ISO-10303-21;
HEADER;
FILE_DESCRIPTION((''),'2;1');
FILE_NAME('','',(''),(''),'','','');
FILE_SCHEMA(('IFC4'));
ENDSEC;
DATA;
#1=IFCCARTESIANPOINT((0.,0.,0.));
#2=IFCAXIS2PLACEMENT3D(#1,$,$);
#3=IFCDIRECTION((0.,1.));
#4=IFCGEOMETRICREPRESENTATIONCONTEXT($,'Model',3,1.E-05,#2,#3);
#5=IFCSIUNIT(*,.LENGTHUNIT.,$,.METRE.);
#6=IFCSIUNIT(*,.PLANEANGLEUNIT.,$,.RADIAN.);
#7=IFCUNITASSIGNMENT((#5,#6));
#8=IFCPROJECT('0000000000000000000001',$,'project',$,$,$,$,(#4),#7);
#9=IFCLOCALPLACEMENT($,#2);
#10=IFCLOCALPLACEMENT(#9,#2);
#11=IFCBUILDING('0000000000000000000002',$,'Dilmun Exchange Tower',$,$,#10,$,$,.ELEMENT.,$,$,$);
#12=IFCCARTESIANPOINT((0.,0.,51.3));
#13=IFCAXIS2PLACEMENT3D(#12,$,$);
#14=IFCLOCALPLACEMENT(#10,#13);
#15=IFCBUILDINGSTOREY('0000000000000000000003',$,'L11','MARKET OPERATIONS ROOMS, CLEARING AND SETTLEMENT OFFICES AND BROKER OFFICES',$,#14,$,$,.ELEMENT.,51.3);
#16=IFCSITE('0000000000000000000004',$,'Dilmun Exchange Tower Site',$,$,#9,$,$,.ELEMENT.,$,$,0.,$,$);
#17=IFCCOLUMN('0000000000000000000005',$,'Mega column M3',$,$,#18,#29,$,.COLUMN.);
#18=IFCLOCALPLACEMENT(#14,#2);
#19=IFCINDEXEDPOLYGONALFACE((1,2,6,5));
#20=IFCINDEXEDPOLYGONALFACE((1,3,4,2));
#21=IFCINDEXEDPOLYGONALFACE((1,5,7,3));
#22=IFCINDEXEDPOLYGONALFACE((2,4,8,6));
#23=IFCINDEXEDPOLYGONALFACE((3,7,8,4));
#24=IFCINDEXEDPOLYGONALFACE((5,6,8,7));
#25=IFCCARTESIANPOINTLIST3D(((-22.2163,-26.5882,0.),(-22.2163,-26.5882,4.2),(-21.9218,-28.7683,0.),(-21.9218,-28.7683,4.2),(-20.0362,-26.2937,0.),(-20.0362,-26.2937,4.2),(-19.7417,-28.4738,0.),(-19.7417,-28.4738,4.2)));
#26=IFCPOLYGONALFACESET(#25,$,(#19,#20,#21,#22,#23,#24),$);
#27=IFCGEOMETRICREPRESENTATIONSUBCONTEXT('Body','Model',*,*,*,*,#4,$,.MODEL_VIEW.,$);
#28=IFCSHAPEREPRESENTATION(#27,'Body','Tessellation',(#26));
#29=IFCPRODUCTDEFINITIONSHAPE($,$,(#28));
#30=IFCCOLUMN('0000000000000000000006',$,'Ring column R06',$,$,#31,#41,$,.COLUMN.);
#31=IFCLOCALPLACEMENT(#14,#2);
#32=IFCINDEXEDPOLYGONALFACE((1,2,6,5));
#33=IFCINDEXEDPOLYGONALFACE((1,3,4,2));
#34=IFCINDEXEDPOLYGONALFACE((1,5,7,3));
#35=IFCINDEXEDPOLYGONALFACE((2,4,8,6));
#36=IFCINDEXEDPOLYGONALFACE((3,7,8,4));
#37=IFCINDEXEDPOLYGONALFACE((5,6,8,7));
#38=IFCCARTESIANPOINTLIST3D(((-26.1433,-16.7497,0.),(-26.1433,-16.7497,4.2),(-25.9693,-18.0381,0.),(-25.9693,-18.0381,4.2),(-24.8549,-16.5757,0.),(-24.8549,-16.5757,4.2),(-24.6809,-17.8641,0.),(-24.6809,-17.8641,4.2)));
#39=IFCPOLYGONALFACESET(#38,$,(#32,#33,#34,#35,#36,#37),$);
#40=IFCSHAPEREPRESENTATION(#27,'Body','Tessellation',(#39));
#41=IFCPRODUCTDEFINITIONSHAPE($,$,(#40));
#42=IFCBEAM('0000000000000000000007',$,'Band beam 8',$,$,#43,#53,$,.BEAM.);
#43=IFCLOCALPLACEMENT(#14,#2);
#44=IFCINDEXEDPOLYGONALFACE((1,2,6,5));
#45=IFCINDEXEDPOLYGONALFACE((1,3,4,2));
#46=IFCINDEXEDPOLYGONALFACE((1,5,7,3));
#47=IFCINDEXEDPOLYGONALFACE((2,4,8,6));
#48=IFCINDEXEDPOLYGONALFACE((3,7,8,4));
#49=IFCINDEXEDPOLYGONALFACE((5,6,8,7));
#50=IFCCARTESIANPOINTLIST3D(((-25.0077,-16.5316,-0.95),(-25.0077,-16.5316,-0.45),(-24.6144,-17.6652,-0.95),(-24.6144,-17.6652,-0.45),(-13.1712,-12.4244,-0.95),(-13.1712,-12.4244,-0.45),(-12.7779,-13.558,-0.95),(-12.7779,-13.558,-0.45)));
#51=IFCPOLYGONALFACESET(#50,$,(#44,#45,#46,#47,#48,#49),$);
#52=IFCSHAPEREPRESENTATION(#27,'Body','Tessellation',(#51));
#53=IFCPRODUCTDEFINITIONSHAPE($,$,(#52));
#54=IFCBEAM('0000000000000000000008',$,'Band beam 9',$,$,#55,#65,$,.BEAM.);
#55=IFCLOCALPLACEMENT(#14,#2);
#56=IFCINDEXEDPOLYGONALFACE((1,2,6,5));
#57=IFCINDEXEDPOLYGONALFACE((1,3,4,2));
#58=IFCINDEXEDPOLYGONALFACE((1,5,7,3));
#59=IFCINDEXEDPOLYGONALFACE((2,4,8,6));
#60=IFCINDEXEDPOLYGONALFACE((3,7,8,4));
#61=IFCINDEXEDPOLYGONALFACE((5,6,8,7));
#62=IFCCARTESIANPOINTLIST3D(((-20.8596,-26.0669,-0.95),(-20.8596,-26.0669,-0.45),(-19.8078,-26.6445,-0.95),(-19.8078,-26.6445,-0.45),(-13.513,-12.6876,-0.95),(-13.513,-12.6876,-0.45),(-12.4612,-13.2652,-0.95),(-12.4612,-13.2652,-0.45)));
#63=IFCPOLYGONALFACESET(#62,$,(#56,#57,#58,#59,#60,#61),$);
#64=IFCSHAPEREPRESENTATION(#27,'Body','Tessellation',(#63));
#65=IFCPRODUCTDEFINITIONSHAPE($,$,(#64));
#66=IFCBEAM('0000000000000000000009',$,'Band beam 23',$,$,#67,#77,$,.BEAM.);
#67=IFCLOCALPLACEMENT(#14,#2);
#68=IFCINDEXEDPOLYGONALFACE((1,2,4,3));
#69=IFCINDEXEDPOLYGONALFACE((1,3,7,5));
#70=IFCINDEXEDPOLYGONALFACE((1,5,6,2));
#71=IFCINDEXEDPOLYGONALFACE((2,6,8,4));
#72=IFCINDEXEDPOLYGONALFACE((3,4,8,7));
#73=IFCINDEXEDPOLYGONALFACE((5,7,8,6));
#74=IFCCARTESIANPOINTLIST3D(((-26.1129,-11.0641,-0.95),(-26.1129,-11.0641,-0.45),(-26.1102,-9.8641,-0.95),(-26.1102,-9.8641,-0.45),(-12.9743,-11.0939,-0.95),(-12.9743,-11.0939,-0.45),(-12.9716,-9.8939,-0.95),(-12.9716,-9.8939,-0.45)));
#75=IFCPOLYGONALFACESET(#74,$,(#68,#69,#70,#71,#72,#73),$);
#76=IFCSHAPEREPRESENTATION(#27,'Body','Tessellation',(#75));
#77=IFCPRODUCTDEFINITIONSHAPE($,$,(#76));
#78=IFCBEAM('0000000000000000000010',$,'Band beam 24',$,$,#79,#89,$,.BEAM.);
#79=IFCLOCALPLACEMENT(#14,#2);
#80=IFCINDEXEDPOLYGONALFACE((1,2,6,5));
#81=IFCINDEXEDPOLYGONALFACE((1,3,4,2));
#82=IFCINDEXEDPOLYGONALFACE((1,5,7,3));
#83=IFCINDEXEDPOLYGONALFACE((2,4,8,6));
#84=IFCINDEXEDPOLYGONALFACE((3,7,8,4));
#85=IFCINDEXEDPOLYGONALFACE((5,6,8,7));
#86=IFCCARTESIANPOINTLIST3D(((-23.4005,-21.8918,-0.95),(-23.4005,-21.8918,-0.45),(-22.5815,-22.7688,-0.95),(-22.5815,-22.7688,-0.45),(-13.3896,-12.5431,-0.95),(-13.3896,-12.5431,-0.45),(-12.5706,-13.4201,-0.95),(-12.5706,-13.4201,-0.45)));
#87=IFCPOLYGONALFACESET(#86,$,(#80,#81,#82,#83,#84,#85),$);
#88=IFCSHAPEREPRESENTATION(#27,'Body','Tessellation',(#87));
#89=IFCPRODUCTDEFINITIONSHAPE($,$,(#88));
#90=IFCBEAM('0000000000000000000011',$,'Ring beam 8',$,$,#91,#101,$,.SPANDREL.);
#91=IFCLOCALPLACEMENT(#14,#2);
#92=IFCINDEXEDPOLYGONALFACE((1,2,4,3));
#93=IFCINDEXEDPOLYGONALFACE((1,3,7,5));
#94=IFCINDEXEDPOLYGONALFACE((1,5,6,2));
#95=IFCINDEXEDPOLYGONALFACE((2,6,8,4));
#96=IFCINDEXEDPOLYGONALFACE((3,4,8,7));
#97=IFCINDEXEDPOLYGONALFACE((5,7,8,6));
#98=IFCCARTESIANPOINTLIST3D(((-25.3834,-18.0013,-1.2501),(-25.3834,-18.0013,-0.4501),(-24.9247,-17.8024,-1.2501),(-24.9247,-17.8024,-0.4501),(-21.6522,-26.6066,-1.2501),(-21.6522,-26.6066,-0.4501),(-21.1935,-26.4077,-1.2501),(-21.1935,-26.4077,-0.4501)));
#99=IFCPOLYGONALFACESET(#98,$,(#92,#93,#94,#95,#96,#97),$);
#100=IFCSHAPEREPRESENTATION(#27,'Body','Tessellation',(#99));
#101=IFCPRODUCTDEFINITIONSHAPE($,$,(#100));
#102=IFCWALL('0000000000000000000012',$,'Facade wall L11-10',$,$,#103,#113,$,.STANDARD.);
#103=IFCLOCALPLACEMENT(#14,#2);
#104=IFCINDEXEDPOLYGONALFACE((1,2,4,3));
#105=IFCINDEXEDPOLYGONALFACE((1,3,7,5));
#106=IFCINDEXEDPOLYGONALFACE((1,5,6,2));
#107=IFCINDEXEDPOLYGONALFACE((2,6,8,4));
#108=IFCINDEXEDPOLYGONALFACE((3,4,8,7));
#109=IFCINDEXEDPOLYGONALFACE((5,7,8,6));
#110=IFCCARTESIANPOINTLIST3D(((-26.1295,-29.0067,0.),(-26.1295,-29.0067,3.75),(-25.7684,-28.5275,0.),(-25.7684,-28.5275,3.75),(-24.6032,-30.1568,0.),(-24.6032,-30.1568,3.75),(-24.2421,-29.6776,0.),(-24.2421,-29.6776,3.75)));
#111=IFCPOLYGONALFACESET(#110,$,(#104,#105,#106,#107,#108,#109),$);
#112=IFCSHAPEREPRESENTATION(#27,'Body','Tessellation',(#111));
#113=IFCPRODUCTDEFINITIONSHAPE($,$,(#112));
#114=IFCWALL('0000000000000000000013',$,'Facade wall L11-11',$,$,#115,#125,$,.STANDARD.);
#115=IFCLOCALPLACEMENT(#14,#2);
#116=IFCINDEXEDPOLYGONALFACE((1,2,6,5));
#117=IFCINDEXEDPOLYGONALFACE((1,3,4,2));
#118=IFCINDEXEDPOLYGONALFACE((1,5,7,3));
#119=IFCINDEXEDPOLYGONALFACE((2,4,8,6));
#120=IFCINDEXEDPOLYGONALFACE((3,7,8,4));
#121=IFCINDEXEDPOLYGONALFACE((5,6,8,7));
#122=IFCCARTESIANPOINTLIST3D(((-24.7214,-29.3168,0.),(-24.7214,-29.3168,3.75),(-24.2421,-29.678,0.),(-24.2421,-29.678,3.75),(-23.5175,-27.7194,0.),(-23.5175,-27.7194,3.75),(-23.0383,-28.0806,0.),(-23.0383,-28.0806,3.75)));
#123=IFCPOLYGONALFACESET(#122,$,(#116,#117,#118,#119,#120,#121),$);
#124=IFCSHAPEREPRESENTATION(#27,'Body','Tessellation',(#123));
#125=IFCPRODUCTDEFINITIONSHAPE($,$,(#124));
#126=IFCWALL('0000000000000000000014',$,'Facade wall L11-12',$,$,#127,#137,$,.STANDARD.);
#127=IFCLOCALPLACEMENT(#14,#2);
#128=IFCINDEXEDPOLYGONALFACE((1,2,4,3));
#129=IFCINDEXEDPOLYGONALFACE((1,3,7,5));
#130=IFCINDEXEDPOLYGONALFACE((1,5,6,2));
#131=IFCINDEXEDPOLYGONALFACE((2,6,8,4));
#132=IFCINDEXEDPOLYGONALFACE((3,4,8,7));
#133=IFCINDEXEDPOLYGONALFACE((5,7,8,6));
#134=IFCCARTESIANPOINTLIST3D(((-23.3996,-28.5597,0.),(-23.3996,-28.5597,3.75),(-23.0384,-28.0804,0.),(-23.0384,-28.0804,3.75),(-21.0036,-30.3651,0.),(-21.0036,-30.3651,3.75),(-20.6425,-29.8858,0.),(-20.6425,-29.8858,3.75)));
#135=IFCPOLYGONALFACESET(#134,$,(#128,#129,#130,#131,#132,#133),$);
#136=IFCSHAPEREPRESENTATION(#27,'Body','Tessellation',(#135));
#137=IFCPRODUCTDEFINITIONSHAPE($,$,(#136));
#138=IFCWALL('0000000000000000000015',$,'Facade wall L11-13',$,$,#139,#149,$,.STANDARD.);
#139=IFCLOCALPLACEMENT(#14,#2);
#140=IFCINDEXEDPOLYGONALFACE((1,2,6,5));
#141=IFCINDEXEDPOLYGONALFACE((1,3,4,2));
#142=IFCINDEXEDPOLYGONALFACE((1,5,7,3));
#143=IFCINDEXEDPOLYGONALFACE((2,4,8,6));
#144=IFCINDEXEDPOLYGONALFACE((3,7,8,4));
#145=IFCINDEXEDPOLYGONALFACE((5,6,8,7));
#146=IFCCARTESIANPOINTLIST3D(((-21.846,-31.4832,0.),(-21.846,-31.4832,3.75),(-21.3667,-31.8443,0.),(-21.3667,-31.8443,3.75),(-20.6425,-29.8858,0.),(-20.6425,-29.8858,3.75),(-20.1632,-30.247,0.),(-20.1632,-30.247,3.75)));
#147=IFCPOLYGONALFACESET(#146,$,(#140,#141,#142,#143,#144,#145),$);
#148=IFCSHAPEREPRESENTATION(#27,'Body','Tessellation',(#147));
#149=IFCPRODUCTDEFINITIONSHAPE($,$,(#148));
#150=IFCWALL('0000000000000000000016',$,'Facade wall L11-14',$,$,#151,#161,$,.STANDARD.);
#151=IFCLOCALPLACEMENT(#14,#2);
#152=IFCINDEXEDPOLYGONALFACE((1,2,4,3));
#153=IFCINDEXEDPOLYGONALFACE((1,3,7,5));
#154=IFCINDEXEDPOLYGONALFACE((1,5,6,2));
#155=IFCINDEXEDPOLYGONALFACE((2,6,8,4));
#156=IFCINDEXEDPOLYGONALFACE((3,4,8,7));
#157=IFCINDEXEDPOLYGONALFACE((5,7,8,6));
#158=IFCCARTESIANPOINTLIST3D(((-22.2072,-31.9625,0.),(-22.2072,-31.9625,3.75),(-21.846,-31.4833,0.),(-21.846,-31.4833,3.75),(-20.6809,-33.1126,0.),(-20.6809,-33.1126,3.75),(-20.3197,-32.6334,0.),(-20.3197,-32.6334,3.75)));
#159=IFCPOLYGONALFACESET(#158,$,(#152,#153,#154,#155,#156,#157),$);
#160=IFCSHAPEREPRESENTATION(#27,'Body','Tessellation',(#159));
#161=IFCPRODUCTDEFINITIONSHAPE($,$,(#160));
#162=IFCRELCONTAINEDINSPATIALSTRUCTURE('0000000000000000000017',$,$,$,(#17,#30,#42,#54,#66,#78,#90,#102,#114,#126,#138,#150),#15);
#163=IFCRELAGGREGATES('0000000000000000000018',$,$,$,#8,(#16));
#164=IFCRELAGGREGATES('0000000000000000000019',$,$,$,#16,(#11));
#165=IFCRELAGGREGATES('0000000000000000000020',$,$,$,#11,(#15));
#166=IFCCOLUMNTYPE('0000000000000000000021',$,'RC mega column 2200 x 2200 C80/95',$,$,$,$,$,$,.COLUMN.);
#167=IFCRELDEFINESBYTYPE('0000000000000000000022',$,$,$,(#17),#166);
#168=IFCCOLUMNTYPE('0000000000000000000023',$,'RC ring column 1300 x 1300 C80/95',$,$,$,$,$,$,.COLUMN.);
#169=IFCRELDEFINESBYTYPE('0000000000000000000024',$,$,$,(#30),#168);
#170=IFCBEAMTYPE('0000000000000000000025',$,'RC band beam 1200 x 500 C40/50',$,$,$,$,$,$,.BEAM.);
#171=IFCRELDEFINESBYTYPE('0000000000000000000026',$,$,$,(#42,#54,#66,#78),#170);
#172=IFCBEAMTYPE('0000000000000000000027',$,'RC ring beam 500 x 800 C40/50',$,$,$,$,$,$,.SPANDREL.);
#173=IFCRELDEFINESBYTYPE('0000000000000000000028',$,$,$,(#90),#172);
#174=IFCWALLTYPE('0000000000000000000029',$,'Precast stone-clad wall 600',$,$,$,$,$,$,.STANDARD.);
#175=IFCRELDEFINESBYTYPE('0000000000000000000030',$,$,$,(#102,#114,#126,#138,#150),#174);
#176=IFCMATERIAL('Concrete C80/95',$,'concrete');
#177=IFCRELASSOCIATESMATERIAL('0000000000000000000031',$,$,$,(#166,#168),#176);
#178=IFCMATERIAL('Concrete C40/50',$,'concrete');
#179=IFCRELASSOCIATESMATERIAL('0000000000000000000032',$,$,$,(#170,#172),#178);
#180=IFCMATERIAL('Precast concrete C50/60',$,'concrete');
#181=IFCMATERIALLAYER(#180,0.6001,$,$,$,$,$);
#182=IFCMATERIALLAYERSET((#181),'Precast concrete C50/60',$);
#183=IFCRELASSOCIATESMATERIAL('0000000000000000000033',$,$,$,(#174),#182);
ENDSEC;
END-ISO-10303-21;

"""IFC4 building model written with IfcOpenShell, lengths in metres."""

from ifc_helpers import new_model, si_unit, direction, frame, frame_2d, origin, origin_2d, place, context, subcontext, project, spatial, rectangle, extrude, material, layer, layer_set, material_profile, profile_set, type_object, element, save


model = new_model("IFC4")

# Units and contexts
model_context = context("Model", 3, precision=1e-05, world=origin(), true_north=direction((0.0, 1.0)))
body_context = subcontext(model_context, "Body", "Model", "MODEL_VIEW")
ifc_project = project(units=[si_unit("LENGTHUNIT", "METRE"), si_unit("PLANEANGLEUNIT", "RADIAN")], contexts=[model_context])

# Site, building, storey
site_placement = place(None, origin())
site = spatial("IfcSite", under=ifc_project, at=site_placement, Name="Dilmun Exchange Tower Site", CompositionType="ELEMENT", RefElevation=0.0)
building_placement = place(site_placement, origin())
building = spatial("IfcBuilding", under=site, at=building_placement, Name="Dilmun Exchange Tower", CompositionType="ELEMENT")
storey_placement = place(building_placement, frame((0.0, 0.0, 51.3)))
storey = spatial("IfcBuildingStorey", under=building, at=storey_placement, Name="L11", Description="MARKET OPERATIONS ROOMS, CLEARING AND SETTLEMENT OFFICES AND BROKER OFFICES", CompositionType="ELEMENT", Elevation=51.3)

# Columns
ifc_material_1 = material(Name="Concrete C80/95", Category="concrete")
ifc_material_profile_1 = material_profile(ifc_material_1, rectangle(XDim=2.2, YDim=2.2, at=origin_2d()), Name="2200 x 2200")
ifc_profile_set_1 = profile_set([ifc_material_profile_1], Name="Concrete C80/95")
column_type_1 = type_object("IfcColumnType", Name="RC mega column 2200 x 2200 C80/95", PredefinedType="COLUMN", material=ifc_profile_set_1)
column_1_placement = place(storey_placement, frame((-20.979, -27.531, 0.0), z_axis=(0.0, 0.0, 1.0), x_axis=(0.991001, 0.133853, 0.0)))
element("IfcColumn", 1, at=column_1_placement, inside=storey, type_object=column_type_1, Name="Mega column M3", PredefinedType="COLUMN", context=body_context, shape_type="SweptSolid", body=[
    extrude(rectangle(XDim=2.2, YDim=2.2, at=origin_2d()), origin(), (0.0, 0.0, 1.0), 4.2),
])
ifc_material_profile_2 = material_profile(ifc_material_1, rectangle(XDim=1.3, YDim=1.3, at=origin_2d()), Name="1300 x 1300")
ifc_profile_set_2 = profile_set([ifc_material_profile_2], Name="Concrete C80/95")
column_type_2 = type_object("IfcColumnType", Name="RC ring column 1300 x 1300 C80/95", PredefinedType="COLUMN", material=ifc_profile_set_2)
column_2_placement = place(storey_placement, frame((-25.4121, -17.3069, 0.0), z_axis=(0.0, 0.0, 1.0), x_axis=(0.991001, 0.133853, 0.0)))
element("IfcColumn", 2, at=column_2_placement, inside=storey, type_object=column_type_2, Name="Ring column R06", PredefinedType="COLUMN", context=body_context, shape_type="SweptSolid", body=[
    extrude(rectangle(XDim=1.3, YDim=1.3, at=origin_2d()), origin(), (0.0, 0.0, 1.0), 4.2),
])

# Beams
ifc_material_2 = material(Name="Concrete C40/50", Category="concrete")
ifc_material_profile_3 = material_profile(ifc_material_2, rectangle(XDim=1.2, YDim=0.5, at=origin_2d()), Name="1200 x 500")
ifc_profile_set_3 = profile_set([ifc_material_profile_3], Name="Concrete C40/50")
beam_type_1 = type_object("IfcBeamType", Name="RC band beam 1200 x 500 C40/50", PredefinedType="BEAM", material=ifc_profile_set_3)
beam_1_placement = place(storey_placement, frame((-24.811, -17.0984, -0.7), z_axis=(0.94474, 0.32782, 0.0), x_axis=(-0.32782, 0.94474, 0.0)))
element("IfcBeam", 3, at=beam_1_placement, inside=storey, type_object=beam_type_1, Name="Band beam 8", PredefinedType="BEAM", context=body_context, shape_type="SweptSolid", body=[
    extrude(rectangle(XDim=1.2, YDim=0.5, at=origin_2d()), origin(), (0.0, 0.0, 1.0), 12.5288),
])
beam_2_placement = place(storey_placement, frame((-20.3337, -26.3557, -0.7), z_axis=(0.481316, 0.876547, 0.0), x_axis=(-0.876547, 0.481316, 0.0)))
element("IfcBeam", 4, at=beam_2_placement, inside=storey, type_object=beam_type_1, Name="Band beam 9", PredefinedType="BEAM", context=body_context, shape_type="SweptSolid", body=[
    extrude(rectangle(XDim=1.2, YDim=0.5, at=origin_2d()), origin(), (0.0, 0.0, 1.0), 15.2637),
])
beam_3_placement = place(storey_placement, frame((-26.1116, -10.4641, -0.7), z_axis=(0.999997, -0.002267, 0.0), x_axis=(0.002267, 0.999997, 0.0)))
element("IfcBeam", 5, at=beam_3_placement, inside=storey, type_object=beam_type_1, Name="Band beam 23", PredefinedType="BEAM", context=body_context, shape_type="SweptSolid", body=[
    extrude(rectangle(XDim=1.2, YDim=0.5, at=origin_2d()), origin(), (0.0, 0.0, 1.0), 13.1387),
])
beam_4_placement = place(storey_placement, frame((-22.991, -22.3303, -0.7), z_axis=(0.730863, 0.682524, 0.0), x_axis=(-0.682524, 0.730863, 0.0)))
element("IfcBeam", 6, at=beam_4_placement, inside=storey, type_object=beam_type_1, Name="Band beam 24", PredefinedType="BEAM", context=body_context, shape_type="SweptSolid", body=[
    extrude(rectangle(XDim=1.2, YDim=0.5, at=origin_2d()), origin(), (0.0, 0.0, 1.0), 13.6973),
])
ifc_material_profile_4 = material_profile(ifc_material_2, rectangle(XDim=0.5, YDim=0.8, at=origin_2d()), Name="500 x 800")
ifc_profile_set_4 = profile_set([ifc_material_profile_4], Name="Concrete C40/50")
beam_type_2 = type_object("IfcBeamType", Name="RC ring beam 500 x 800 C40/50", PredefinedType="SPANDREL", material=ifc_profile_set_4)
beam_5_placement = place(storey_placement, frame((-25.1541, -17.9019, -0.8501), z_axis=(0.397811, -0.917467, 0.0), x_axis=(0.917467, 0.397811, 0.0)))
element("IfcBeam", 7, at=beam_5_placement, inside=storey, type_object=beam_type_2, Name="Ring beam 8", PredefinedType="SPANDREL", context=body_context, shape_type="SweptSolid", body=[
    extrude(rectangle(XDim=0.5, YDim=0.8, at=origin_2d()), origin(), (0.0, 0.0, 1.0), 9.3794),
])

# Walls
ifc_material_3 = material(Name="Precast concrete C50/60", Category="concrete")
ifc_layer = layer(ifc_material_3, 0.6001)
ifc_layer_set = layer_set([ifc_layer], Name="Precast concrete C50/60")
wall_type = type_object("IfcWallType", Name="Precast stone-clad wall 600", PredefinedType="STANDARD", material=ifc_layer_set)
wall_1_placement = place(storey_placement, frame((-25.949, -28.7671, 0.0), z_axis=(0.0, 0.0, 1.0), x_axis=(0.798649, -0.601797, 0.0)))
element("IfcWall", 8, at=wall_1_placement, inside=storey, type_object=wall_type, Name="Facade wall L11-10", PredefinedType="STANDARD", context=body_context, shape_type="SweptSolid", body=[
    extrude(rectangle(XDim=1.9111, YDim=0.6001, at=frame_2d((0.9556, 0.0))), origin(), (0.0, 0.0, 1.0), 3.75),
])
wall_2_placement = place(storey_placement, frame((-24.4817, -29.4973, 0.0), z_axis=(0.0, 0.0, 1.0), x_axis=(0.601854, 0.798606, 0.0)))
element("IfcWall", 9, at=wall_2_placement, inside=storey, type_object=wall_type, Name="Facade wall L11-11", PredefinedType="STANDARD", context=body_context, shape_type="SweptSolid", body=[
    extrude(rectangle(XDim=2.0002, YDim=0.6001, at=frame_2d((1.0, 0.0))), origin(), (0.0, 0.0, 1.0), 3.75),
])
wall_3_placement = place(storey_placement, frame((-23.219, -28.3201, 0.0), z_axis=(0.0, 0.0, 1.0), x_axis=(0.79865, -0.601795, 0.0)))
element("IfcWall", 10, at=wall_3_placement, inside=storey, type_object=wall_type, Name="Facade wall L11-12", PredefinedType="STANDARD", context=body_context, shape_type="SweptSolid", body=[
    extrude(rectangle(XDim=3.0, YDim=0.6001, at=frame_2d((1.5, 0.0))), origin(), (0.0, 0.0, 1.0), 3.75),
])
wall_4_placement = place(storey_placement, frame((-20.4028, -30.0664, 0.0), z_axis=(0.0, 0.0, 1.0), x_axis=(-0.601776, -0.798665, 0.0)))
element("IfcWall", 11, at=wall_4_placement, inside=storey, type_object=wall_type, Name="Facade wall L11-13", PredefinedType="STANDARD", context=body_context, shape_type="SweptSolid", body=[
    extrude(rectangle(XDim=2.0, YDim=0.6001, at=frame_2d((1.0, 0.0))), origin(), (0.0, 0.0, 1.0), 3.75),
])
wall_5_placement = place(storey_placement, frame((-22.0266, -31.7229, 0.0), z_axis=(0.0, 0.0, 1.0), x_axis=(0.798649, -0.601797, 0.0)))
element("IfcWall", 12, at=wall_5_placement, inside=storey, type_object=wall_type, Name="Facade wall L11-14", PredefinedType="STANDARD", context=body_context, shape_type="SweptSolid", body=[
    extrude(rectangle(XDim=1.9111, YDim=0.6001, at=frame_2d((0.9556, 0.0))), origin(), (0.0, 0.0, 1.0), 3.75),
])

save(model, "model.ifc")
